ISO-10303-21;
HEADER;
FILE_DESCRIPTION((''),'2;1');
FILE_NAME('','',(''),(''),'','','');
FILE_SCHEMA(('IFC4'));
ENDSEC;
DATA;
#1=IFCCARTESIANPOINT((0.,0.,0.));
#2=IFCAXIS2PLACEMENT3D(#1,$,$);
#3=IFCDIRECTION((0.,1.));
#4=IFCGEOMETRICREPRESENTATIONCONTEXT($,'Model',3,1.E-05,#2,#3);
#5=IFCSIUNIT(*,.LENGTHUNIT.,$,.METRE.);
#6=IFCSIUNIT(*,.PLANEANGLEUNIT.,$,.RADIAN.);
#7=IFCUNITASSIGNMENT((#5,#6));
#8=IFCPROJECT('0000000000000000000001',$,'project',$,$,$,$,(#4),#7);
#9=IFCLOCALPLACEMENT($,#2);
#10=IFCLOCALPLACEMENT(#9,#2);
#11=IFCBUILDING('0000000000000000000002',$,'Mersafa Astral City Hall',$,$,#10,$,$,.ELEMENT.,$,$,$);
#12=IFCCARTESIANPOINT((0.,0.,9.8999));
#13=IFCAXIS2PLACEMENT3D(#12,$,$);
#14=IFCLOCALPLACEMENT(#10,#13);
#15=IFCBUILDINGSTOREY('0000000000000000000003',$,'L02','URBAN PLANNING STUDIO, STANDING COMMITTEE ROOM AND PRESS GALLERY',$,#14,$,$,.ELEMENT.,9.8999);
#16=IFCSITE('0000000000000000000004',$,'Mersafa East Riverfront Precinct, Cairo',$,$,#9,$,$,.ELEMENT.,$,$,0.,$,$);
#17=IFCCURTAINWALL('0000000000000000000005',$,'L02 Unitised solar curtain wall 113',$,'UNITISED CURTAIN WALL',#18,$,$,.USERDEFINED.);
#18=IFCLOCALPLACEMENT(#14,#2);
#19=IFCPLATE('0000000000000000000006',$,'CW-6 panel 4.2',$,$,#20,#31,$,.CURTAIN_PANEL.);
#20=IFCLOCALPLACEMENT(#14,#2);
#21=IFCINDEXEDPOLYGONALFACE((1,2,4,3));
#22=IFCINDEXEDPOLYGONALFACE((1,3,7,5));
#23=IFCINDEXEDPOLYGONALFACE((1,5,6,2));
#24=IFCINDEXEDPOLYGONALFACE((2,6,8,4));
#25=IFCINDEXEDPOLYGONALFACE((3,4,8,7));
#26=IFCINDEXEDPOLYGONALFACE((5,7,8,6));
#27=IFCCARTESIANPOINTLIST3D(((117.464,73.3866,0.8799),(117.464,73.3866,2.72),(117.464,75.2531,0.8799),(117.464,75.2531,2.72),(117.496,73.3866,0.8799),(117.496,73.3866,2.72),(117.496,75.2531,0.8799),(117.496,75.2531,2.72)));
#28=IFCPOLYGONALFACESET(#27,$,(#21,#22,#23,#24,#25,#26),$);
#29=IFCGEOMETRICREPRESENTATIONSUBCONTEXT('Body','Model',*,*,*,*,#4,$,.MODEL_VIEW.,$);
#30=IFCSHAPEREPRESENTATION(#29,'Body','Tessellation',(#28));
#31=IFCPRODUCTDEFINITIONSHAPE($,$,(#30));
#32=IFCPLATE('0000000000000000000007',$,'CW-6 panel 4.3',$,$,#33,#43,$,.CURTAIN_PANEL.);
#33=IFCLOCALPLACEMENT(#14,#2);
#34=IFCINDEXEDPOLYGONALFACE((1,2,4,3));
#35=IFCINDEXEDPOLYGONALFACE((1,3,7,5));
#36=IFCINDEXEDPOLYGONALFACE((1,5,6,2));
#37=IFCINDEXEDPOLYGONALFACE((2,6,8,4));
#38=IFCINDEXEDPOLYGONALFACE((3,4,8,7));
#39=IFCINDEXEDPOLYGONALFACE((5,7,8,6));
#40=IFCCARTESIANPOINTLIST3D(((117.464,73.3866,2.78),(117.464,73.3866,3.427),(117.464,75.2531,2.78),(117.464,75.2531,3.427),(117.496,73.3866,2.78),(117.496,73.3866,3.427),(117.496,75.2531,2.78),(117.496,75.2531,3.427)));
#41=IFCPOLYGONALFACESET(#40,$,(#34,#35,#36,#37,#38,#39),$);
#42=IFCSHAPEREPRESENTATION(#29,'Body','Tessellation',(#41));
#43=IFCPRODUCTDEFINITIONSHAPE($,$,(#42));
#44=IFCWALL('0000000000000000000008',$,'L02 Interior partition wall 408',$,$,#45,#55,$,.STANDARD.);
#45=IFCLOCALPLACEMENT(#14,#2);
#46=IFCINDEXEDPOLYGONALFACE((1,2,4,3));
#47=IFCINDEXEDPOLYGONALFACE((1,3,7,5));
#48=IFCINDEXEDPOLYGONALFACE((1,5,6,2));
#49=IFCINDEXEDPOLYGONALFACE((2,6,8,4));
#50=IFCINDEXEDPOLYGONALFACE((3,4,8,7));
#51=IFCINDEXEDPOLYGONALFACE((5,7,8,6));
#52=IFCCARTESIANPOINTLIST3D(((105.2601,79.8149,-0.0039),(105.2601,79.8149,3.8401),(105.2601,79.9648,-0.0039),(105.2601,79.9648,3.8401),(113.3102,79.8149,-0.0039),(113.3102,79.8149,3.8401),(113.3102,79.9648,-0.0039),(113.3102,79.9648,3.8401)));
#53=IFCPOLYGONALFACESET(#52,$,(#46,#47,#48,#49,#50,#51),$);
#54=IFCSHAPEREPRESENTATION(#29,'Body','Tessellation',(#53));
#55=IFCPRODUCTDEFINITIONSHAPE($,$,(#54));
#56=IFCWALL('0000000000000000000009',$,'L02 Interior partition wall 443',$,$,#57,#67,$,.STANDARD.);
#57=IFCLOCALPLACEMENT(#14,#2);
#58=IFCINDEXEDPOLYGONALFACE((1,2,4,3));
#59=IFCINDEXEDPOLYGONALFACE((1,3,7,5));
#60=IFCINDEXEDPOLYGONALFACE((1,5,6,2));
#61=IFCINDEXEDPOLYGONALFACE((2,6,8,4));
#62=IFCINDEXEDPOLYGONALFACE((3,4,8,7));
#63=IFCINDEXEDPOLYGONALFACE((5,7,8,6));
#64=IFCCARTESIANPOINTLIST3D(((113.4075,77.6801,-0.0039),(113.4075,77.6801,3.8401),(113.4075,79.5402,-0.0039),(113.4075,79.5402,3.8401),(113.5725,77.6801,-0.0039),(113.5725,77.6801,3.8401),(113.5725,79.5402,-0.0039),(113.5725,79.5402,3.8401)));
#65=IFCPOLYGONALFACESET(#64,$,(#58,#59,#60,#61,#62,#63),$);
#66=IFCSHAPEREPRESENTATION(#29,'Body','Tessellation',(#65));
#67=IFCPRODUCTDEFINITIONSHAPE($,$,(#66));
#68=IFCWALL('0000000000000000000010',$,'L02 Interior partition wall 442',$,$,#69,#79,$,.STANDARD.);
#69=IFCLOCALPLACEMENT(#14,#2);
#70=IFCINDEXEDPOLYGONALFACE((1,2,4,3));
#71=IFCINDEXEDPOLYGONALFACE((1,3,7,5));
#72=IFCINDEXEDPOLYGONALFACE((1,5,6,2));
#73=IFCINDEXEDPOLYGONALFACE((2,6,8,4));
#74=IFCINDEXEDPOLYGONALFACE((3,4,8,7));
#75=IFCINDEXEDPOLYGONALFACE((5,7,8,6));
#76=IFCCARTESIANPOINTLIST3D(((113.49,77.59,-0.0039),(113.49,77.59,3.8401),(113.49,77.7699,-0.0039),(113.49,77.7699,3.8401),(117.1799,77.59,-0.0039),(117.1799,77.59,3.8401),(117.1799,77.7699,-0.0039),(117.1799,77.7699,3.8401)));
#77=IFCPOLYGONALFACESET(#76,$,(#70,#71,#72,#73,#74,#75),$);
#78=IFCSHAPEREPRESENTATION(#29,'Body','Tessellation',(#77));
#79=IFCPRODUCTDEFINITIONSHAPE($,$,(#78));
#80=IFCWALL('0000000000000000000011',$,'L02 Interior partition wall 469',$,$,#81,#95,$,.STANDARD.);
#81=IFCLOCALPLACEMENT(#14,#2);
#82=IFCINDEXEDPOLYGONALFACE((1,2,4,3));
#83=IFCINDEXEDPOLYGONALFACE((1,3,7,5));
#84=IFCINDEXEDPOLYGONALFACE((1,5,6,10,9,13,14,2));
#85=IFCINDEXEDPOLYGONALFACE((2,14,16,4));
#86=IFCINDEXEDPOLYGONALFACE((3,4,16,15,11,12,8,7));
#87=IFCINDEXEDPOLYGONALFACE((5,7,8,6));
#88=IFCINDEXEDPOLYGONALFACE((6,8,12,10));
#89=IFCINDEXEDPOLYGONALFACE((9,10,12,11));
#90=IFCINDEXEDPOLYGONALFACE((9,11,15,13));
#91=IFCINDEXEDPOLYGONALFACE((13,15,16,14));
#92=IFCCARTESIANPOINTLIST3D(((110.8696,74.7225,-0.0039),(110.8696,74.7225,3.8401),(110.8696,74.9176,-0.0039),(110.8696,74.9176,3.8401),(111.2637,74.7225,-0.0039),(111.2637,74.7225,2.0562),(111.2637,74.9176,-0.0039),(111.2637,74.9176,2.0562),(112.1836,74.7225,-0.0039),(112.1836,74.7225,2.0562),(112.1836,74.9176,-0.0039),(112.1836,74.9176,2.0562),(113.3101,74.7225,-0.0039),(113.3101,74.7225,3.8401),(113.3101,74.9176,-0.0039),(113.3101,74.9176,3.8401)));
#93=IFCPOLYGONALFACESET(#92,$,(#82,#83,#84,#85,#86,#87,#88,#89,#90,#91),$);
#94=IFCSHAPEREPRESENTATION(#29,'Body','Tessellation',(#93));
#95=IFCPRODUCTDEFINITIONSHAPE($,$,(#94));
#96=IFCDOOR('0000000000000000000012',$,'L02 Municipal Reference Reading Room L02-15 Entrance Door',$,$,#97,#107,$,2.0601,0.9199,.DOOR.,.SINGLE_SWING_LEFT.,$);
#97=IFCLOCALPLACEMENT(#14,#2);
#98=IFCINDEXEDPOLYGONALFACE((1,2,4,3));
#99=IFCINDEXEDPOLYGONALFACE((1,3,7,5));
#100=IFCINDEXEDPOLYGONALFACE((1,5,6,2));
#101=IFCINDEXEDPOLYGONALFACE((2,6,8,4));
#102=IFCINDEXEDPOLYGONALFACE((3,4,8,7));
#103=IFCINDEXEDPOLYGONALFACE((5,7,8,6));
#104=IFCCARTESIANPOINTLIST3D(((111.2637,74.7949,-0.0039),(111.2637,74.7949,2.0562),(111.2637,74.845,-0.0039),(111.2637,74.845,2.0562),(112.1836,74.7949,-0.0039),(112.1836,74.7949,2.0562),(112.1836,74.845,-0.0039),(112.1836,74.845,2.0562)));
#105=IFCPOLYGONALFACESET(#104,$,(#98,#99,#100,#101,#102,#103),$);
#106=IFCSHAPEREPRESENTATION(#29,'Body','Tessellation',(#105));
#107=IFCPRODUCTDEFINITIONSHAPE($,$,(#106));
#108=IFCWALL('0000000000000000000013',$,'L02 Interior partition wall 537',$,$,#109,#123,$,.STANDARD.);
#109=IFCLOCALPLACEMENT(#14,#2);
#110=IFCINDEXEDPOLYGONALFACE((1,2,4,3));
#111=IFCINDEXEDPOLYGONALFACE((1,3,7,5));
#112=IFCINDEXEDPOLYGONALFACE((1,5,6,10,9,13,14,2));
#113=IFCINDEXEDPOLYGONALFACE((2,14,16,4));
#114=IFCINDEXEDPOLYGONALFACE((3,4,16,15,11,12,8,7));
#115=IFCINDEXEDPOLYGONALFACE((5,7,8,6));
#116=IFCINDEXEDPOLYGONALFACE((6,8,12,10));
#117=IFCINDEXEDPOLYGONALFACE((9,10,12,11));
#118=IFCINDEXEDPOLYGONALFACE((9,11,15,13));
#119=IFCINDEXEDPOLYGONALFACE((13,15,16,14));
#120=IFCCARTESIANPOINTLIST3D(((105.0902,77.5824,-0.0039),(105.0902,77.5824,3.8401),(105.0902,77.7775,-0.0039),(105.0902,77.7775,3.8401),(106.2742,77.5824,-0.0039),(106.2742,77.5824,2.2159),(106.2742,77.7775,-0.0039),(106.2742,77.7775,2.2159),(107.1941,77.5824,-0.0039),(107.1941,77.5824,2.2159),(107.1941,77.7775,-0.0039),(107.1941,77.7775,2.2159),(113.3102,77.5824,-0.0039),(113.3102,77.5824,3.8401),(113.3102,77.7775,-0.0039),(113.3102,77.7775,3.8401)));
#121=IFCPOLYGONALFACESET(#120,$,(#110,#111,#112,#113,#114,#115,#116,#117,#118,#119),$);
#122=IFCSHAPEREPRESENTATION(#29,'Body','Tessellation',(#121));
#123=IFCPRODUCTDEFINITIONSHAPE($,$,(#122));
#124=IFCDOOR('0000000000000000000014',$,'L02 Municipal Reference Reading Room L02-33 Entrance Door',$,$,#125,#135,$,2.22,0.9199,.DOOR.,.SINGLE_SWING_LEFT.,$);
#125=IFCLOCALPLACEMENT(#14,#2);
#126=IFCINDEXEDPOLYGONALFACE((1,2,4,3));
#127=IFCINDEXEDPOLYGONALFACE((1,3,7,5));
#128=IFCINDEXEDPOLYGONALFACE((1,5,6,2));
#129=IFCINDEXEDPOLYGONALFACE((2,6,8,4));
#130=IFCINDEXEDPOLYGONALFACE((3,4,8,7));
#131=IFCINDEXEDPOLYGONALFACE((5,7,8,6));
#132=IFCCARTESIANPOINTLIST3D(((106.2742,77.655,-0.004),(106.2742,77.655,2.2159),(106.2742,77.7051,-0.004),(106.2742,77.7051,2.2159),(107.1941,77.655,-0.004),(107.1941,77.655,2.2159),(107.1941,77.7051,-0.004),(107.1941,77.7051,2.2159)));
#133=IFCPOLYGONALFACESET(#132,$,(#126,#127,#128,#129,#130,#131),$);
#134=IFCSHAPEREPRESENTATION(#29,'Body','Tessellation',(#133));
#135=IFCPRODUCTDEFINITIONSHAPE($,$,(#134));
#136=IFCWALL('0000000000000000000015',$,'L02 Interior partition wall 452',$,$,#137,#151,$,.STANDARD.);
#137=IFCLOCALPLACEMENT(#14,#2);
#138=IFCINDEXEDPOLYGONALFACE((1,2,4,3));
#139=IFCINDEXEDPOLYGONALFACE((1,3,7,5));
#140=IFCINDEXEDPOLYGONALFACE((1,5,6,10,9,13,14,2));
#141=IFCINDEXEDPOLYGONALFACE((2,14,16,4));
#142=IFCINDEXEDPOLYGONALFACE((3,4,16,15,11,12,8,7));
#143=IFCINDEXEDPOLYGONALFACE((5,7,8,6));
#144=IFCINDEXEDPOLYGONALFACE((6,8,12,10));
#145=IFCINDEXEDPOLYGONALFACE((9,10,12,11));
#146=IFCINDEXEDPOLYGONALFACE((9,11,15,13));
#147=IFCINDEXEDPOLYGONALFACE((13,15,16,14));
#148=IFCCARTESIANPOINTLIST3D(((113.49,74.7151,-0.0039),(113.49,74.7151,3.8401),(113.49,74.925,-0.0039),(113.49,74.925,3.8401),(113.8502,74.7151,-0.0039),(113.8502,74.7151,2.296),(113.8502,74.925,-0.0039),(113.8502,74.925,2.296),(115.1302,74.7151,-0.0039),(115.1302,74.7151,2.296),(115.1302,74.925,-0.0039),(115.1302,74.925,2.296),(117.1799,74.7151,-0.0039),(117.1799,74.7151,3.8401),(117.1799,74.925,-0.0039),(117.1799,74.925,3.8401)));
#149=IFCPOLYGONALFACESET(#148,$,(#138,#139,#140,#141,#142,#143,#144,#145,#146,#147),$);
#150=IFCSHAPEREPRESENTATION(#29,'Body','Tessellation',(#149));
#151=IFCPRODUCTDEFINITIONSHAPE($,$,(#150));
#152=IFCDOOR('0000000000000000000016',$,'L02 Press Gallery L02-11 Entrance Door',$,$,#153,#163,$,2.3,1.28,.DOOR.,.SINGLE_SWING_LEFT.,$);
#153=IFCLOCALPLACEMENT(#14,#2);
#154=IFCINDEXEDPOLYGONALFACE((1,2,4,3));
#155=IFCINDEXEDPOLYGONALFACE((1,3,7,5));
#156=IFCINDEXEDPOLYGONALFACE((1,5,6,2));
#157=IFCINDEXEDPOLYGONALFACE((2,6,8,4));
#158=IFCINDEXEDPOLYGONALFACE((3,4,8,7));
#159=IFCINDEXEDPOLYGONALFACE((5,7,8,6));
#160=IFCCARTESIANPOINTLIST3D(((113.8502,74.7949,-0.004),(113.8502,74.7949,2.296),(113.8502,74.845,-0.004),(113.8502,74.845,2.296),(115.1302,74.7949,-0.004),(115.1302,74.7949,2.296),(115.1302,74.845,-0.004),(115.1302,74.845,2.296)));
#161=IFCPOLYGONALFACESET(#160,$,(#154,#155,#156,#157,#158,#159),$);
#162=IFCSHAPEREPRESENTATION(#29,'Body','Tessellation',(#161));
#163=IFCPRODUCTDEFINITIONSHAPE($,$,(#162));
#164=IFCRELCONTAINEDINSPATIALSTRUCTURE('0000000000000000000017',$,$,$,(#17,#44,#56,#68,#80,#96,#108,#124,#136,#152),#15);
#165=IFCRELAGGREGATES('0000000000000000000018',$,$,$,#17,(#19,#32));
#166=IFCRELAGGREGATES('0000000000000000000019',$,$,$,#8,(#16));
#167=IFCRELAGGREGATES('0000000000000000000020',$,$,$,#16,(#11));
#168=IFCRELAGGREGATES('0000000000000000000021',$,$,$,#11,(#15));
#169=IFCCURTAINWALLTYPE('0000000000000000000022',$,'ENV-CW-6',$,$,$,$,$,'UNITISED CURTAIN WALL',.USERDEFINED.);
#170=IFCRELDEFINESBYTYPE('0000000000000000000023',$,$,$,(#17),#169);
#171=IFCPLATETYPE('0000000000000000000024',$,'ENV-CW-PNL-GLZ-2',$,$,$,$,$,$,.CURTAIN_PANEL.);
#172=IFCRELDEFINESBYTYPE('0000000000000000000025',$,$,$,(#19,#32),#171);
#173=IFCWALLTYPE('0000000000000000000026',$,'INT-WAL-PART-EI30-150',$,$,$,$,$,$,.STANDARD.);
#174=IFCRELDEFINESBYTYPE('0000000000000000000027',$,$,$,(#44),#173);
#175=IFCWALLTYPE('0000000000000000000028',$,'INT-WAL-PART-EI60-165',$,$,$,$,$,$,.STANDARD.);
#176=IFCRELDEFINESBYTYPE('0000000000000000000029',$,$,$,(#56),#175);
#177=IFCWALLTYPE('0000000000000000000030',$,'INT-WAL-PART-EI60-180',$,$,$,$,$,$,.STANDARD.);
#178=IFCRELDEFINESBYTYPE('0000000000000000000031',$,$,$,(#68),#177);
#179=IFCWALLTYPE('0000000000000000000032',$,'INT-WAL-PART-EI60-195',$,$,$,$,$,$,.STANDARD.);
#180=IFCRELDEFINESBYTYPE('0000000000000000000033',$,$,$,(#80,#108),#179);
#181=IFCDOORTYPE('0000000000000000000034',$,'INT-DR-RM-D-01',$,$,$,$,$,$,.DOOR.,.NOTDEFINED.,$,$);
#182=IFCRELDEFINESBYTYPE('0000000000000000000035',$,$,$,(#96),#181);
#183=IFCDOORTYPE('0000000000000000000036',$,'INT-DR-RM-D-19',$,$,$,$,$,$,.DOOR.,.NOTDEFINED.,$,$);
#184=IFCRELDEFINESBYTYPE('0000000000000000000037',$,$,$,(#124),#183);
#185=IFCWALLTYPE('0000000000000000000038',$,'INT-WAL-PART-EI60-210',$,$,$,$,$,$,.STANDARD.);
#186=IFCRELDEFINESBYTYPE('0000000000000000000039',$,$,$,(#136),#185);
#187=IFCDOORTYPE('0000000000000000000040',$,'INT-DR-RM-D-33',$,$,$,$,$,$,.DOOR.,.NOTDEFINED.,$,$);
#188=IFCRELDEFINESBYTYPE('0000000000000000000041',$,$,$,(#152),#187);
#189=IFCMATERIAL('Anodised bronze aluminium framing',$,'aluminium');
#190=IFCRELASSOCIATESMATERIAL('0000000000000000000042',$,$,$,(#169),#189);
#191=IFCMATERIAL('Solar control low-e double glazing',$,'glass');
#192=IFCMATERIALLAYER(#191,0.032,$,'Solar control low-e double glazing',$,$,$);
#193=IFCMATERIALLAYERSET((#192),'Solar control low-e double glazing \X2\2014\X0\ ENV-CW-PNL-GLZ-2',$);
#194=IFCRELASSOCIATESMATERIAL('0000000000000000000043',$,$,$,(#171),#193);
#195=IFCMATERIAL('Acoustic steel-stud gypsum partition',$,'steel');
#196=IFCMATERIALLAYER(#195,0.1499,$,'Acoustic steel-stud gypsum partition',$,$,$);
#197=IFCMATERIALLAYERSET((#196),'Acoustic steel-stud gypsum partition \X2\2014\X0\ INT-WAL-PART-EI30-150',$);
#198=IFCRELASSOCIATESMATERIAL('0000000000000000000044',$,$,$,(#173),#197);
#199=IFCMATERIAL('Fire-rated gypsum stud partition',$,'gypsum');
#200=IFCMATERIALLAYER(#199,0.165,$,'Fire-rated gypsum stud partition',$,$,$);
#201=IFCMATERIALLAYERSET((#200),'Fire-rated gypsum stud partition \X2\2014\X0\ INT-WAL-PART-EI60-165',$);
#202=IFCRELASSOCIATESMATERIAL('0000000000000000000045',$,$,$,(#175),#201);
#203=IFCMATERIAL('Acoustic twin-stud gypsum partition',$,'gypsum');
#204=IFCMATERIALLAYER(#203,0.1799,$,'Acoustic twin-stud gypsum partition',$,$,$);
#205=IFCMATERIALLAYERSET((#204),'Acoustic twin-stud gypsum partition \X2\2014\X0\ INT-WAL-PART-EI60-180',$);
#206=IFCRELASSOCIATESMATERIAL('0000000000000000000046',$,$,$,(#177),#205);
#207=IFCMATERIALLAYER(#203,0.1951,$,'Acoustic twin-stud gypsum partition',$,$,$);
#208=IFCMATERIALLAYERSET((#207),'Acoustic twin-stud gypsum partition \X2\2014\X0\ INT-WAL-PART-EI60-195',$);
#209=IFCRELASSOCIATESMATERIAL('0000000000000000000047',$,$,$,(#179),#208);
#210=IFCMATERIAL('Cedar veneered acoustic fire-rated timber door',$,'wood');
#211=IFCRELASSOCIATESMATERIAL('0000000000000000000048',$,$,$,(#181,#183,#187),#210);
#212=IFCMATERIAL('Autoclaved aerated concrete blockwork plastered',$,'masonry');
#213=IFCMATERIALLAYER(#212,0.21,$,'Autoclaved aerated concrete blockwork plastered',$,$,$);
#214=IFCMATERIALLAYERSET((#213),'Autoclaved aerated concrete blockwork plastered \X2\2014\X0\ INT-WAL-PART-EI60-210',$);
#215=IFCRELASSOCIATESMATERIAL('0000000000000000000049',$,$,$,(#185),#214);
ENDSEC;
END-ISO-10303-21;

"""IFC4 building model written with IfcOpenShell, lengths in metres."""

from ifc_helpers import new_model, si_unit, direction, frame, frame_2d, origin, origin_2d, place, context, subcontext, project, spatial, rectangle, extrude, material, layer, layer_set, type_object, element, fill, aggregate, save


model = new_model("IFC4")

# Units and contexts
model_context = context("Model", 3, precision=1e-05, world=origin(), true_north=direction((0.0, 1.0)))
body_context = subcontext(model_context, "Body", "Model", "MODEL_VIEW")
ifc_project = project(units=[si_unit("LENGTHUNIT", "METRE"), si_unit("PLANEANGLEUNIT", "RADIAN")], contexts=[model_context])

# Site, building, storey
site_placement = place(None, origin())
site = spatial("IfcSite", under=ifc_project, at=site_placement, Name="Mersafa East Riverfront Precinct, Cairo", CompositionType="ELEMENT", RefElevation=0.0)
building_placement = place(site_placement, origin())
building = spatial("IfcBuilding", under=site, at=building_placement, Name="Mersafa Astral City Hall", CompositionType="ELEMENT")
storey_placement = place(building_placement, frame((0.0, 0.0, 9.8999)))
storey = spatial("IfcBuildingStorey", under=building, at=storey_placement, Name="L02", Description="URBAN PLANNING STUDIO, STANDING COMMITTEE ROOM AND PRESS GALLERY", CompositionType="ELEMENT", Elevation=9.8999)

# Curtain wall
ifc_material_1 = material(Name="Anodised bronze aluminium framing", Category="aluminium")
curtain_wall_type = type_object("IfcCurtainWallType", Name="ENV-CW-6", ElementType="UNITISED CURTAIN WALL", PredefinedType="USERDEFINED", material=ifc_material_1)
curtain_wall_placement = place(storey_placement, origin())
curtain_wall = element("IfcCurtainWall", 1, at=curtain_wall_placement, inside=storey, type_object=curtain_wall_type, Name="L02 Unitised solar curtain wall 113", ObjectType="UNITISED CURTAIN WALL", PredefinedType="USERDEFINED")

# Plates
ifc_material_2 = material(Name="Solar control low-e double glazing", Category="glass")
ifc_layer_1 = layer(ifc_material_2, 0.032, Name="Solar control low-e double glazing")
ifc_layer_set_1 = layer_set([ifc_layer_1], Name="Solar control low-e double glazing — ENV-CW-PNL-GLZ-2")
plate_type = type_object("IfcPlateType", Name="ENV-CW-PNL-GLZ-2", PredefinedType="CURTAIN_PANEL", material=ifc_layer_set_1)
plate_1_placement = place(storey_placement, frame((117.48, 74.3198, 0.8799), z_axis=(0.0, 0.0, 1.0), x_axis=(0.0, 1.0, 0.0)))
plate_1 = element("IfcPlate", 2, at=plate_1_placement, type_object=plate_type, Name="CW-6 panel 4.2", PredefinedType="CURTAIN_PANEL", context=body_context, shape_type="SweptSolid", body=[
    extrude(rectangle(XDim=1.8665, YDim=0.032, at=origin_2d()), origin(), (0.0, 0.0, 1.0), 1.8401),
])
plate_2_placement = place(storey_placement, frame((117.48, 74.3198, 2.78), z_axis=(0.0, 0.0, 1.0), x_axis=(0.0, 1.0, 0.0)))
plate_2 = element("IfcPlate", 3, at=plate_2_placement, type_object=plate_type, Name="CW-6 panel 4.3", PredefinedType="CURTAIN_PANEL", context=body_context, shape_type="SweptSolid", body=[
    extrude(rectangle(XDim=1.8665, YDim=0.032, at=origin_2d()), origin(), (0.0, 0.0, 1.0), 0.647),
])
aggregate(curtain_wall, [plate_1, plate_2])

# Walls
ifc_material_3 = material(Name="Acoustic steel-stud gypsum partition", Category="steel")
ifc_layer_2 = layer(ifc_material_3, 0.1499, Name="Acoustic steel-stud gypsum partition")
ifc_layer_set_2 = layer_set([ifc_layer_2], Name="Acoustic steel-stud gypsum partition — INT-WAL-PART-EI30-150")
wall_type_1 = type_object("IfcWallType", Name="INT-WAL-PART-EI30-150", PredefinedType="STANDARD", material=ifc_layer_set_2)
wall_1_placement = place(storey_placement, frame((113.3101, 79.8899, -0.0039), z_axis=(0.0, 0.0, 1.0), x_axis=(-1.0, 0.0, 0.0)))
element("IfcWall", 4, at=wall_1_placement, inside=storey, type_object=wall_type_1, Name="L02 Interior partition wall 408", PredefinedType="STANDARD", context=body_context, shape_type="SweptSolid", body=[
    extrude(rectangle(XDim=8.05, YDim=0.1499, at=frame_2d((4.0249, 0.0))), origin(), (0.0, 0.0, 1.0), 3.844),
])
ifc_material_4 = material(Name="Fire-rated gypsum stud partition", Category="gypsum")
ifc_layer_3 = layer(ifc_material_4, 0.165, Name="Fire-rated gypsum stud partition")
ifc_layer_set_3 = layer_set([ifc_layer_3], Name="Fire-rated gypsum stud partition — INT-WAL-PART-EI60-165")
wall_type_2 = type_object("IfcWallType", Name="INT-WAL-PART-EI60-165", PredefinedType="STANDARD", material=ifc_layer_set_3)
wall_2_placement = place(storey_placement, frame((113.49, 77.6799, -0.0039), z_axis=(0.0, 0.0, 1.0), x_axis=(0.0, 1.0, 0.0)))
element("IfcWall", 5, at=wall_2_placement, inside=storey, type_object=wall_type_2, Name="L02 Interior partition wall 443", PredefinedType="STANDARD", context=body_context, shape_type="SweptSolid", body=[
    extrude(rectangle(XDim=1.8601, YDim=0.165, at=frame_2d((0.9302, 0.0))), origin(), (0.0, 0.0, 1.0), 3.844),
])
ifc_material_5 = material(Name="Acoustic twin-stud gypsum partition", Category="gypsum")
ifc_layer_4 = layer(ifc_material_5, 0.1799, Name="Acoustic twin-stud gypsum partition")
ifc_layer_set_4 = layer_set([ifc_layer_4], Name="Acoustic twin-stud gypsum partition — INT-WAL-PART-EI60-180")
wall_type_3 = type_object("IfcWallType", Name="INT-WAL-PART-EI60-180", PredefinedType="STANDARD", material=ifc_layer_set_4)
wall_3_placement = place(storey_placement, frame((117.1799, 77.6799, -0.0039), z_axis=(0.0, 0.0, 1.0), x_axis=(-1.0, 0.0, 0.0)))
element("IfcWall", 6, at=wall_3_placement, inside=storey, type_object=wall_type_3, Name="L02 Interior partition wall 442", PredefinedType="STANDARD", context=body_context, shape_type="SweptSolid", body=[
    extrude(rectangle(XDim=3.6899, YDim=0.1799, at=frame_2d((1.845, 0.0))), origin(), (0.0, 0.0, 1.0), 3.844),
])

# Walls, openings, doors
ifc_layer_5 = layer(ifc_material_5, 0.1951, Name="Acoustic twin-stud gypsum partition")
ifc_layer_set_5 = layer_set([ifc_layer_5], Name="Acoustic twin-stud gypsum partition — INT-WAL-PART-EI60-195")
wall_type_4 = type_object("IfcWallType", Name="INT-WAL-PART-EI60-195", PredefinedType="STANDARD", material=ifc_layer_set_5)
wall_4_placement = place(storey_placement, frame((110.8696, 74.8201, -0.0039), z_axis=(0.0, 0.0, 1.0), x_axis=(1.0, 0.0, 0.0)))
wall_4 = element("IfcWall", 7, at=wall_4_placement, inside=storey, type_object=wall_type_4, Name="L02 Interior partition wall 469", PredefinedType="STANDARD", context=body_context, shape_type="SweptSolid", body=[
    extrude(rectangle(XDim=2.4404, YDim=0.1951, at=frame_2d((1.2202, 0.0))), origin(), (0.0, 0.0, 1.0), 3.844),
])
opening_1_placement = place(wall_4_placement, frame((0.394, 0.0, 0.0)))
opening_1 = element("IfcOpeningElement", 8, at=opening_1_placement, cuts=wall_4, PredefinedType="OPENING", context=body_context, shape_type="SweptSolid", body=[
    extrude(rectangle(XDim=0.9199, YDim=2.0601, at=frame_2d((0.46, 1.03))), frame((0.0, 0.1074, 0.0), z_axis=(0.0, -1.0, 0.0), x_axis=(1.0, 0.0, 0.0)), (0.0, 0.0, 1.0), 0.2151),
])
ifc_material_6 = material(Name="Cedar veneered acoustic fire-rated timber door", Category="wood")
door_type_1 = type_object("IfcDoorType", Name="INT-DR-RM-D-01", OperationType="NOTDEFINED", PredefinedType="DOOR", material=ifc_material_6)
door_1_placement = place(opening_1_placement, origin())
door_1 = element("IfcDoor", 9, at=door_1_placement, inside=storey, type_object=door_type_1, Name="L02 Municipal Reference Reading Room L02-15 Entrance Door", OperationType="SINGLE_SWING_LEFT", OverallHeight=2.0601, OverallWidth=0.9199, PredefinedType="DOOR", context=body_context, shape_type="SweptSolid", body=[
    extrude(rectangle(XDim=0.9199, YDim=2.0601, at=frame_2d((0.46, 1.03))), frame((0.0, 0.0249, 0.0), z_axis=(0.0, -1.0, 0.0), x_axis=(1.0, 0.0, 0.0)), (0.0, 0.0, 1.0), 0.05),
])
fill(opening_1, door_1)
wall_5_placement = place(storey_placement, frame((113.3101, 77.6799, -0.0039), z_axis=(0.0, 0.0, 1.0), x_axis=(-1.0, 0.0, 0.0)))
wall_5 = element("IfcWall", 10, at=wall_5_placement, inside=storey, type_object=wall_type_4, Name="L02 Interior partition wall 537", PredefinedType="STANDARD", context=body_context, shape_type="SweptSolid", body=[
    extrude(rectangle(XDim=8.22, YDim=0.1951, at=frame_2d((4.1099, 0.0))), origin(), (0.0, 0.0, 1.0), 3.844),
])
opening_2_placement = place(wall_5_placement, frame((6.116, 0.0, 0.0)))
opening_2 = element("IfcOpeningElement", 11, at=opening_2_placement, cuts=wall_5, PredefinedType="OPENING", context=body_context, shape_type="SweptSolid", body=[
    extrude(rectangle(XDim=0.9199, YDim=2.22, at=frame_2d((0.46, 1.1099))), frame((0.0, 0.1074, 0.0), z_axis=(0.0, -1.0, 0.0), x_axis=(1.0, 0.0, 0.0)), (0.0, 0.0, 1.0), 0.2151),
])
door_type_2 = type_object("IfcDoorType", Name="INT-DR-RM-D-19", OperationType="NOTDEFINED", PredefinedType="DOOR", material=ifc_material_6)
door_2_placement = place(opening_2_placement, origin())
door_2 = element("IfcDoor", 12, at=door_2_placement, inside=storey, type_object=door_type_2, Name="L02 Municipal Reference Reading Room L02-33 Entrance Door", OperationType="SINGLE_SWING_LEFT", OverallHeight=2.22, OverallWidth=0.9199, PredefinedType="DOOR", context=body_context, shape_type="SweptSolid", body=[
    extrude(rectangle(XDim=0.9199, YDim=2.22, at=frame_2d((0.46, 1.1099))), frame((0.0, 0.0249, 0.0), z_axis=(0.0, -1.0, 0.0), x_axis=(1.0, 0.0, 0.0)), (0.0, 0.0, 1.0), 0.05),
])
fill(opening_2, door_2)
ifc_material_7 = material(Name="Autoclaved aerated concrete blockwork plastered", Category="masonry")
ifc_layer_6 = layer(ifc_material_7, 0.21, Name="Autoclaved aerated concrete blockwork plastered")
ifc_layer_set_6 = layer_set([ifc_layer_6], Name="Autoclaved aerated concrete blockwork plastered — INT-WAL-PART-EI60-210")
wall_type_5 = type_object("IfcWallType", Name="INT-WAL-PART-EI60-210", PredefinedType="STANDARD", material=ifc_layer_set_6)
wall_6_placement = place(storey_placement, frame((113.49, 74.8201, -0.0039), z_axis=(0.0, 0.0, 1.0), x_axis=(1.0, 0.0, 0.0)))
wall_6 = element("IfcWall", 13, at=wall_6_placement, inside=storey, type_object=wall_type_5, Name="L02 Interior partition wall 452", PredefinedType="STANDARD", context=body_context, shape_type="SweptSolid", body=[
    extrude(rectangle(XDim=3.6899, YDim=0.21, at=frame_2d((1.845, 0.0))), origin(), (0.0, 0.0, 1.0), 3.844),
])
opening_3_placement = place(wall_6_placement, frame((0.3601, 0.0, 0.0)))
opening_3 = element("IfcOpeningElement", 14, at=opening_3_placement, cuts=wall_6, PredefinedType="OPENING", context=body_context, shape_type="SweptSolid", body=[
    extrude(rectangle(XDim=1.28, YDim=2.3, at=frame_2d((0.6401, 1.1499))), frame((0.0, 0.115, 0.0), z_axis=(0.0, -1.0, 0.0), x_axis=(1.0, 0.0, 0.0)), (0.0, 0.0, 1.0), 0.23),
])
door_type_3 = type_object("IfcDoorType", Name="INT-DR-RM-D-33", OperationType="NOTDEFINED", PredefinedType="DOOR", material=ifc_material_6)
door_3_placement = place(opening_3_placement, origin())
door_3 = element("IfcDoor", 15, at=door_3_placement, inside=storey, type_object=door_type_3, Name="L02 Press Gallery L02-11 Entrance Door", OperationType="SINGLE_SWING_LEFT", OverallHeight=2.3, OverallWidth=1.28, PredefinedType="DOOR", context=body_context, shape_type="SweptSolid", body=[
    extrude(rectangle(XDim=1.28, YDim=2.3, at=frame_2d((0.6401, 1.1499))), frame((0.0, 0.0249, 0.0), z_axis=(0.0, -1.0, 0.0), x_axis=(1.0, 0.0, 0.0)), (0.0, 0.0, 1.0), 0.05),
])
fill(opening_3, door_3)

save(model, "model.ifc")
